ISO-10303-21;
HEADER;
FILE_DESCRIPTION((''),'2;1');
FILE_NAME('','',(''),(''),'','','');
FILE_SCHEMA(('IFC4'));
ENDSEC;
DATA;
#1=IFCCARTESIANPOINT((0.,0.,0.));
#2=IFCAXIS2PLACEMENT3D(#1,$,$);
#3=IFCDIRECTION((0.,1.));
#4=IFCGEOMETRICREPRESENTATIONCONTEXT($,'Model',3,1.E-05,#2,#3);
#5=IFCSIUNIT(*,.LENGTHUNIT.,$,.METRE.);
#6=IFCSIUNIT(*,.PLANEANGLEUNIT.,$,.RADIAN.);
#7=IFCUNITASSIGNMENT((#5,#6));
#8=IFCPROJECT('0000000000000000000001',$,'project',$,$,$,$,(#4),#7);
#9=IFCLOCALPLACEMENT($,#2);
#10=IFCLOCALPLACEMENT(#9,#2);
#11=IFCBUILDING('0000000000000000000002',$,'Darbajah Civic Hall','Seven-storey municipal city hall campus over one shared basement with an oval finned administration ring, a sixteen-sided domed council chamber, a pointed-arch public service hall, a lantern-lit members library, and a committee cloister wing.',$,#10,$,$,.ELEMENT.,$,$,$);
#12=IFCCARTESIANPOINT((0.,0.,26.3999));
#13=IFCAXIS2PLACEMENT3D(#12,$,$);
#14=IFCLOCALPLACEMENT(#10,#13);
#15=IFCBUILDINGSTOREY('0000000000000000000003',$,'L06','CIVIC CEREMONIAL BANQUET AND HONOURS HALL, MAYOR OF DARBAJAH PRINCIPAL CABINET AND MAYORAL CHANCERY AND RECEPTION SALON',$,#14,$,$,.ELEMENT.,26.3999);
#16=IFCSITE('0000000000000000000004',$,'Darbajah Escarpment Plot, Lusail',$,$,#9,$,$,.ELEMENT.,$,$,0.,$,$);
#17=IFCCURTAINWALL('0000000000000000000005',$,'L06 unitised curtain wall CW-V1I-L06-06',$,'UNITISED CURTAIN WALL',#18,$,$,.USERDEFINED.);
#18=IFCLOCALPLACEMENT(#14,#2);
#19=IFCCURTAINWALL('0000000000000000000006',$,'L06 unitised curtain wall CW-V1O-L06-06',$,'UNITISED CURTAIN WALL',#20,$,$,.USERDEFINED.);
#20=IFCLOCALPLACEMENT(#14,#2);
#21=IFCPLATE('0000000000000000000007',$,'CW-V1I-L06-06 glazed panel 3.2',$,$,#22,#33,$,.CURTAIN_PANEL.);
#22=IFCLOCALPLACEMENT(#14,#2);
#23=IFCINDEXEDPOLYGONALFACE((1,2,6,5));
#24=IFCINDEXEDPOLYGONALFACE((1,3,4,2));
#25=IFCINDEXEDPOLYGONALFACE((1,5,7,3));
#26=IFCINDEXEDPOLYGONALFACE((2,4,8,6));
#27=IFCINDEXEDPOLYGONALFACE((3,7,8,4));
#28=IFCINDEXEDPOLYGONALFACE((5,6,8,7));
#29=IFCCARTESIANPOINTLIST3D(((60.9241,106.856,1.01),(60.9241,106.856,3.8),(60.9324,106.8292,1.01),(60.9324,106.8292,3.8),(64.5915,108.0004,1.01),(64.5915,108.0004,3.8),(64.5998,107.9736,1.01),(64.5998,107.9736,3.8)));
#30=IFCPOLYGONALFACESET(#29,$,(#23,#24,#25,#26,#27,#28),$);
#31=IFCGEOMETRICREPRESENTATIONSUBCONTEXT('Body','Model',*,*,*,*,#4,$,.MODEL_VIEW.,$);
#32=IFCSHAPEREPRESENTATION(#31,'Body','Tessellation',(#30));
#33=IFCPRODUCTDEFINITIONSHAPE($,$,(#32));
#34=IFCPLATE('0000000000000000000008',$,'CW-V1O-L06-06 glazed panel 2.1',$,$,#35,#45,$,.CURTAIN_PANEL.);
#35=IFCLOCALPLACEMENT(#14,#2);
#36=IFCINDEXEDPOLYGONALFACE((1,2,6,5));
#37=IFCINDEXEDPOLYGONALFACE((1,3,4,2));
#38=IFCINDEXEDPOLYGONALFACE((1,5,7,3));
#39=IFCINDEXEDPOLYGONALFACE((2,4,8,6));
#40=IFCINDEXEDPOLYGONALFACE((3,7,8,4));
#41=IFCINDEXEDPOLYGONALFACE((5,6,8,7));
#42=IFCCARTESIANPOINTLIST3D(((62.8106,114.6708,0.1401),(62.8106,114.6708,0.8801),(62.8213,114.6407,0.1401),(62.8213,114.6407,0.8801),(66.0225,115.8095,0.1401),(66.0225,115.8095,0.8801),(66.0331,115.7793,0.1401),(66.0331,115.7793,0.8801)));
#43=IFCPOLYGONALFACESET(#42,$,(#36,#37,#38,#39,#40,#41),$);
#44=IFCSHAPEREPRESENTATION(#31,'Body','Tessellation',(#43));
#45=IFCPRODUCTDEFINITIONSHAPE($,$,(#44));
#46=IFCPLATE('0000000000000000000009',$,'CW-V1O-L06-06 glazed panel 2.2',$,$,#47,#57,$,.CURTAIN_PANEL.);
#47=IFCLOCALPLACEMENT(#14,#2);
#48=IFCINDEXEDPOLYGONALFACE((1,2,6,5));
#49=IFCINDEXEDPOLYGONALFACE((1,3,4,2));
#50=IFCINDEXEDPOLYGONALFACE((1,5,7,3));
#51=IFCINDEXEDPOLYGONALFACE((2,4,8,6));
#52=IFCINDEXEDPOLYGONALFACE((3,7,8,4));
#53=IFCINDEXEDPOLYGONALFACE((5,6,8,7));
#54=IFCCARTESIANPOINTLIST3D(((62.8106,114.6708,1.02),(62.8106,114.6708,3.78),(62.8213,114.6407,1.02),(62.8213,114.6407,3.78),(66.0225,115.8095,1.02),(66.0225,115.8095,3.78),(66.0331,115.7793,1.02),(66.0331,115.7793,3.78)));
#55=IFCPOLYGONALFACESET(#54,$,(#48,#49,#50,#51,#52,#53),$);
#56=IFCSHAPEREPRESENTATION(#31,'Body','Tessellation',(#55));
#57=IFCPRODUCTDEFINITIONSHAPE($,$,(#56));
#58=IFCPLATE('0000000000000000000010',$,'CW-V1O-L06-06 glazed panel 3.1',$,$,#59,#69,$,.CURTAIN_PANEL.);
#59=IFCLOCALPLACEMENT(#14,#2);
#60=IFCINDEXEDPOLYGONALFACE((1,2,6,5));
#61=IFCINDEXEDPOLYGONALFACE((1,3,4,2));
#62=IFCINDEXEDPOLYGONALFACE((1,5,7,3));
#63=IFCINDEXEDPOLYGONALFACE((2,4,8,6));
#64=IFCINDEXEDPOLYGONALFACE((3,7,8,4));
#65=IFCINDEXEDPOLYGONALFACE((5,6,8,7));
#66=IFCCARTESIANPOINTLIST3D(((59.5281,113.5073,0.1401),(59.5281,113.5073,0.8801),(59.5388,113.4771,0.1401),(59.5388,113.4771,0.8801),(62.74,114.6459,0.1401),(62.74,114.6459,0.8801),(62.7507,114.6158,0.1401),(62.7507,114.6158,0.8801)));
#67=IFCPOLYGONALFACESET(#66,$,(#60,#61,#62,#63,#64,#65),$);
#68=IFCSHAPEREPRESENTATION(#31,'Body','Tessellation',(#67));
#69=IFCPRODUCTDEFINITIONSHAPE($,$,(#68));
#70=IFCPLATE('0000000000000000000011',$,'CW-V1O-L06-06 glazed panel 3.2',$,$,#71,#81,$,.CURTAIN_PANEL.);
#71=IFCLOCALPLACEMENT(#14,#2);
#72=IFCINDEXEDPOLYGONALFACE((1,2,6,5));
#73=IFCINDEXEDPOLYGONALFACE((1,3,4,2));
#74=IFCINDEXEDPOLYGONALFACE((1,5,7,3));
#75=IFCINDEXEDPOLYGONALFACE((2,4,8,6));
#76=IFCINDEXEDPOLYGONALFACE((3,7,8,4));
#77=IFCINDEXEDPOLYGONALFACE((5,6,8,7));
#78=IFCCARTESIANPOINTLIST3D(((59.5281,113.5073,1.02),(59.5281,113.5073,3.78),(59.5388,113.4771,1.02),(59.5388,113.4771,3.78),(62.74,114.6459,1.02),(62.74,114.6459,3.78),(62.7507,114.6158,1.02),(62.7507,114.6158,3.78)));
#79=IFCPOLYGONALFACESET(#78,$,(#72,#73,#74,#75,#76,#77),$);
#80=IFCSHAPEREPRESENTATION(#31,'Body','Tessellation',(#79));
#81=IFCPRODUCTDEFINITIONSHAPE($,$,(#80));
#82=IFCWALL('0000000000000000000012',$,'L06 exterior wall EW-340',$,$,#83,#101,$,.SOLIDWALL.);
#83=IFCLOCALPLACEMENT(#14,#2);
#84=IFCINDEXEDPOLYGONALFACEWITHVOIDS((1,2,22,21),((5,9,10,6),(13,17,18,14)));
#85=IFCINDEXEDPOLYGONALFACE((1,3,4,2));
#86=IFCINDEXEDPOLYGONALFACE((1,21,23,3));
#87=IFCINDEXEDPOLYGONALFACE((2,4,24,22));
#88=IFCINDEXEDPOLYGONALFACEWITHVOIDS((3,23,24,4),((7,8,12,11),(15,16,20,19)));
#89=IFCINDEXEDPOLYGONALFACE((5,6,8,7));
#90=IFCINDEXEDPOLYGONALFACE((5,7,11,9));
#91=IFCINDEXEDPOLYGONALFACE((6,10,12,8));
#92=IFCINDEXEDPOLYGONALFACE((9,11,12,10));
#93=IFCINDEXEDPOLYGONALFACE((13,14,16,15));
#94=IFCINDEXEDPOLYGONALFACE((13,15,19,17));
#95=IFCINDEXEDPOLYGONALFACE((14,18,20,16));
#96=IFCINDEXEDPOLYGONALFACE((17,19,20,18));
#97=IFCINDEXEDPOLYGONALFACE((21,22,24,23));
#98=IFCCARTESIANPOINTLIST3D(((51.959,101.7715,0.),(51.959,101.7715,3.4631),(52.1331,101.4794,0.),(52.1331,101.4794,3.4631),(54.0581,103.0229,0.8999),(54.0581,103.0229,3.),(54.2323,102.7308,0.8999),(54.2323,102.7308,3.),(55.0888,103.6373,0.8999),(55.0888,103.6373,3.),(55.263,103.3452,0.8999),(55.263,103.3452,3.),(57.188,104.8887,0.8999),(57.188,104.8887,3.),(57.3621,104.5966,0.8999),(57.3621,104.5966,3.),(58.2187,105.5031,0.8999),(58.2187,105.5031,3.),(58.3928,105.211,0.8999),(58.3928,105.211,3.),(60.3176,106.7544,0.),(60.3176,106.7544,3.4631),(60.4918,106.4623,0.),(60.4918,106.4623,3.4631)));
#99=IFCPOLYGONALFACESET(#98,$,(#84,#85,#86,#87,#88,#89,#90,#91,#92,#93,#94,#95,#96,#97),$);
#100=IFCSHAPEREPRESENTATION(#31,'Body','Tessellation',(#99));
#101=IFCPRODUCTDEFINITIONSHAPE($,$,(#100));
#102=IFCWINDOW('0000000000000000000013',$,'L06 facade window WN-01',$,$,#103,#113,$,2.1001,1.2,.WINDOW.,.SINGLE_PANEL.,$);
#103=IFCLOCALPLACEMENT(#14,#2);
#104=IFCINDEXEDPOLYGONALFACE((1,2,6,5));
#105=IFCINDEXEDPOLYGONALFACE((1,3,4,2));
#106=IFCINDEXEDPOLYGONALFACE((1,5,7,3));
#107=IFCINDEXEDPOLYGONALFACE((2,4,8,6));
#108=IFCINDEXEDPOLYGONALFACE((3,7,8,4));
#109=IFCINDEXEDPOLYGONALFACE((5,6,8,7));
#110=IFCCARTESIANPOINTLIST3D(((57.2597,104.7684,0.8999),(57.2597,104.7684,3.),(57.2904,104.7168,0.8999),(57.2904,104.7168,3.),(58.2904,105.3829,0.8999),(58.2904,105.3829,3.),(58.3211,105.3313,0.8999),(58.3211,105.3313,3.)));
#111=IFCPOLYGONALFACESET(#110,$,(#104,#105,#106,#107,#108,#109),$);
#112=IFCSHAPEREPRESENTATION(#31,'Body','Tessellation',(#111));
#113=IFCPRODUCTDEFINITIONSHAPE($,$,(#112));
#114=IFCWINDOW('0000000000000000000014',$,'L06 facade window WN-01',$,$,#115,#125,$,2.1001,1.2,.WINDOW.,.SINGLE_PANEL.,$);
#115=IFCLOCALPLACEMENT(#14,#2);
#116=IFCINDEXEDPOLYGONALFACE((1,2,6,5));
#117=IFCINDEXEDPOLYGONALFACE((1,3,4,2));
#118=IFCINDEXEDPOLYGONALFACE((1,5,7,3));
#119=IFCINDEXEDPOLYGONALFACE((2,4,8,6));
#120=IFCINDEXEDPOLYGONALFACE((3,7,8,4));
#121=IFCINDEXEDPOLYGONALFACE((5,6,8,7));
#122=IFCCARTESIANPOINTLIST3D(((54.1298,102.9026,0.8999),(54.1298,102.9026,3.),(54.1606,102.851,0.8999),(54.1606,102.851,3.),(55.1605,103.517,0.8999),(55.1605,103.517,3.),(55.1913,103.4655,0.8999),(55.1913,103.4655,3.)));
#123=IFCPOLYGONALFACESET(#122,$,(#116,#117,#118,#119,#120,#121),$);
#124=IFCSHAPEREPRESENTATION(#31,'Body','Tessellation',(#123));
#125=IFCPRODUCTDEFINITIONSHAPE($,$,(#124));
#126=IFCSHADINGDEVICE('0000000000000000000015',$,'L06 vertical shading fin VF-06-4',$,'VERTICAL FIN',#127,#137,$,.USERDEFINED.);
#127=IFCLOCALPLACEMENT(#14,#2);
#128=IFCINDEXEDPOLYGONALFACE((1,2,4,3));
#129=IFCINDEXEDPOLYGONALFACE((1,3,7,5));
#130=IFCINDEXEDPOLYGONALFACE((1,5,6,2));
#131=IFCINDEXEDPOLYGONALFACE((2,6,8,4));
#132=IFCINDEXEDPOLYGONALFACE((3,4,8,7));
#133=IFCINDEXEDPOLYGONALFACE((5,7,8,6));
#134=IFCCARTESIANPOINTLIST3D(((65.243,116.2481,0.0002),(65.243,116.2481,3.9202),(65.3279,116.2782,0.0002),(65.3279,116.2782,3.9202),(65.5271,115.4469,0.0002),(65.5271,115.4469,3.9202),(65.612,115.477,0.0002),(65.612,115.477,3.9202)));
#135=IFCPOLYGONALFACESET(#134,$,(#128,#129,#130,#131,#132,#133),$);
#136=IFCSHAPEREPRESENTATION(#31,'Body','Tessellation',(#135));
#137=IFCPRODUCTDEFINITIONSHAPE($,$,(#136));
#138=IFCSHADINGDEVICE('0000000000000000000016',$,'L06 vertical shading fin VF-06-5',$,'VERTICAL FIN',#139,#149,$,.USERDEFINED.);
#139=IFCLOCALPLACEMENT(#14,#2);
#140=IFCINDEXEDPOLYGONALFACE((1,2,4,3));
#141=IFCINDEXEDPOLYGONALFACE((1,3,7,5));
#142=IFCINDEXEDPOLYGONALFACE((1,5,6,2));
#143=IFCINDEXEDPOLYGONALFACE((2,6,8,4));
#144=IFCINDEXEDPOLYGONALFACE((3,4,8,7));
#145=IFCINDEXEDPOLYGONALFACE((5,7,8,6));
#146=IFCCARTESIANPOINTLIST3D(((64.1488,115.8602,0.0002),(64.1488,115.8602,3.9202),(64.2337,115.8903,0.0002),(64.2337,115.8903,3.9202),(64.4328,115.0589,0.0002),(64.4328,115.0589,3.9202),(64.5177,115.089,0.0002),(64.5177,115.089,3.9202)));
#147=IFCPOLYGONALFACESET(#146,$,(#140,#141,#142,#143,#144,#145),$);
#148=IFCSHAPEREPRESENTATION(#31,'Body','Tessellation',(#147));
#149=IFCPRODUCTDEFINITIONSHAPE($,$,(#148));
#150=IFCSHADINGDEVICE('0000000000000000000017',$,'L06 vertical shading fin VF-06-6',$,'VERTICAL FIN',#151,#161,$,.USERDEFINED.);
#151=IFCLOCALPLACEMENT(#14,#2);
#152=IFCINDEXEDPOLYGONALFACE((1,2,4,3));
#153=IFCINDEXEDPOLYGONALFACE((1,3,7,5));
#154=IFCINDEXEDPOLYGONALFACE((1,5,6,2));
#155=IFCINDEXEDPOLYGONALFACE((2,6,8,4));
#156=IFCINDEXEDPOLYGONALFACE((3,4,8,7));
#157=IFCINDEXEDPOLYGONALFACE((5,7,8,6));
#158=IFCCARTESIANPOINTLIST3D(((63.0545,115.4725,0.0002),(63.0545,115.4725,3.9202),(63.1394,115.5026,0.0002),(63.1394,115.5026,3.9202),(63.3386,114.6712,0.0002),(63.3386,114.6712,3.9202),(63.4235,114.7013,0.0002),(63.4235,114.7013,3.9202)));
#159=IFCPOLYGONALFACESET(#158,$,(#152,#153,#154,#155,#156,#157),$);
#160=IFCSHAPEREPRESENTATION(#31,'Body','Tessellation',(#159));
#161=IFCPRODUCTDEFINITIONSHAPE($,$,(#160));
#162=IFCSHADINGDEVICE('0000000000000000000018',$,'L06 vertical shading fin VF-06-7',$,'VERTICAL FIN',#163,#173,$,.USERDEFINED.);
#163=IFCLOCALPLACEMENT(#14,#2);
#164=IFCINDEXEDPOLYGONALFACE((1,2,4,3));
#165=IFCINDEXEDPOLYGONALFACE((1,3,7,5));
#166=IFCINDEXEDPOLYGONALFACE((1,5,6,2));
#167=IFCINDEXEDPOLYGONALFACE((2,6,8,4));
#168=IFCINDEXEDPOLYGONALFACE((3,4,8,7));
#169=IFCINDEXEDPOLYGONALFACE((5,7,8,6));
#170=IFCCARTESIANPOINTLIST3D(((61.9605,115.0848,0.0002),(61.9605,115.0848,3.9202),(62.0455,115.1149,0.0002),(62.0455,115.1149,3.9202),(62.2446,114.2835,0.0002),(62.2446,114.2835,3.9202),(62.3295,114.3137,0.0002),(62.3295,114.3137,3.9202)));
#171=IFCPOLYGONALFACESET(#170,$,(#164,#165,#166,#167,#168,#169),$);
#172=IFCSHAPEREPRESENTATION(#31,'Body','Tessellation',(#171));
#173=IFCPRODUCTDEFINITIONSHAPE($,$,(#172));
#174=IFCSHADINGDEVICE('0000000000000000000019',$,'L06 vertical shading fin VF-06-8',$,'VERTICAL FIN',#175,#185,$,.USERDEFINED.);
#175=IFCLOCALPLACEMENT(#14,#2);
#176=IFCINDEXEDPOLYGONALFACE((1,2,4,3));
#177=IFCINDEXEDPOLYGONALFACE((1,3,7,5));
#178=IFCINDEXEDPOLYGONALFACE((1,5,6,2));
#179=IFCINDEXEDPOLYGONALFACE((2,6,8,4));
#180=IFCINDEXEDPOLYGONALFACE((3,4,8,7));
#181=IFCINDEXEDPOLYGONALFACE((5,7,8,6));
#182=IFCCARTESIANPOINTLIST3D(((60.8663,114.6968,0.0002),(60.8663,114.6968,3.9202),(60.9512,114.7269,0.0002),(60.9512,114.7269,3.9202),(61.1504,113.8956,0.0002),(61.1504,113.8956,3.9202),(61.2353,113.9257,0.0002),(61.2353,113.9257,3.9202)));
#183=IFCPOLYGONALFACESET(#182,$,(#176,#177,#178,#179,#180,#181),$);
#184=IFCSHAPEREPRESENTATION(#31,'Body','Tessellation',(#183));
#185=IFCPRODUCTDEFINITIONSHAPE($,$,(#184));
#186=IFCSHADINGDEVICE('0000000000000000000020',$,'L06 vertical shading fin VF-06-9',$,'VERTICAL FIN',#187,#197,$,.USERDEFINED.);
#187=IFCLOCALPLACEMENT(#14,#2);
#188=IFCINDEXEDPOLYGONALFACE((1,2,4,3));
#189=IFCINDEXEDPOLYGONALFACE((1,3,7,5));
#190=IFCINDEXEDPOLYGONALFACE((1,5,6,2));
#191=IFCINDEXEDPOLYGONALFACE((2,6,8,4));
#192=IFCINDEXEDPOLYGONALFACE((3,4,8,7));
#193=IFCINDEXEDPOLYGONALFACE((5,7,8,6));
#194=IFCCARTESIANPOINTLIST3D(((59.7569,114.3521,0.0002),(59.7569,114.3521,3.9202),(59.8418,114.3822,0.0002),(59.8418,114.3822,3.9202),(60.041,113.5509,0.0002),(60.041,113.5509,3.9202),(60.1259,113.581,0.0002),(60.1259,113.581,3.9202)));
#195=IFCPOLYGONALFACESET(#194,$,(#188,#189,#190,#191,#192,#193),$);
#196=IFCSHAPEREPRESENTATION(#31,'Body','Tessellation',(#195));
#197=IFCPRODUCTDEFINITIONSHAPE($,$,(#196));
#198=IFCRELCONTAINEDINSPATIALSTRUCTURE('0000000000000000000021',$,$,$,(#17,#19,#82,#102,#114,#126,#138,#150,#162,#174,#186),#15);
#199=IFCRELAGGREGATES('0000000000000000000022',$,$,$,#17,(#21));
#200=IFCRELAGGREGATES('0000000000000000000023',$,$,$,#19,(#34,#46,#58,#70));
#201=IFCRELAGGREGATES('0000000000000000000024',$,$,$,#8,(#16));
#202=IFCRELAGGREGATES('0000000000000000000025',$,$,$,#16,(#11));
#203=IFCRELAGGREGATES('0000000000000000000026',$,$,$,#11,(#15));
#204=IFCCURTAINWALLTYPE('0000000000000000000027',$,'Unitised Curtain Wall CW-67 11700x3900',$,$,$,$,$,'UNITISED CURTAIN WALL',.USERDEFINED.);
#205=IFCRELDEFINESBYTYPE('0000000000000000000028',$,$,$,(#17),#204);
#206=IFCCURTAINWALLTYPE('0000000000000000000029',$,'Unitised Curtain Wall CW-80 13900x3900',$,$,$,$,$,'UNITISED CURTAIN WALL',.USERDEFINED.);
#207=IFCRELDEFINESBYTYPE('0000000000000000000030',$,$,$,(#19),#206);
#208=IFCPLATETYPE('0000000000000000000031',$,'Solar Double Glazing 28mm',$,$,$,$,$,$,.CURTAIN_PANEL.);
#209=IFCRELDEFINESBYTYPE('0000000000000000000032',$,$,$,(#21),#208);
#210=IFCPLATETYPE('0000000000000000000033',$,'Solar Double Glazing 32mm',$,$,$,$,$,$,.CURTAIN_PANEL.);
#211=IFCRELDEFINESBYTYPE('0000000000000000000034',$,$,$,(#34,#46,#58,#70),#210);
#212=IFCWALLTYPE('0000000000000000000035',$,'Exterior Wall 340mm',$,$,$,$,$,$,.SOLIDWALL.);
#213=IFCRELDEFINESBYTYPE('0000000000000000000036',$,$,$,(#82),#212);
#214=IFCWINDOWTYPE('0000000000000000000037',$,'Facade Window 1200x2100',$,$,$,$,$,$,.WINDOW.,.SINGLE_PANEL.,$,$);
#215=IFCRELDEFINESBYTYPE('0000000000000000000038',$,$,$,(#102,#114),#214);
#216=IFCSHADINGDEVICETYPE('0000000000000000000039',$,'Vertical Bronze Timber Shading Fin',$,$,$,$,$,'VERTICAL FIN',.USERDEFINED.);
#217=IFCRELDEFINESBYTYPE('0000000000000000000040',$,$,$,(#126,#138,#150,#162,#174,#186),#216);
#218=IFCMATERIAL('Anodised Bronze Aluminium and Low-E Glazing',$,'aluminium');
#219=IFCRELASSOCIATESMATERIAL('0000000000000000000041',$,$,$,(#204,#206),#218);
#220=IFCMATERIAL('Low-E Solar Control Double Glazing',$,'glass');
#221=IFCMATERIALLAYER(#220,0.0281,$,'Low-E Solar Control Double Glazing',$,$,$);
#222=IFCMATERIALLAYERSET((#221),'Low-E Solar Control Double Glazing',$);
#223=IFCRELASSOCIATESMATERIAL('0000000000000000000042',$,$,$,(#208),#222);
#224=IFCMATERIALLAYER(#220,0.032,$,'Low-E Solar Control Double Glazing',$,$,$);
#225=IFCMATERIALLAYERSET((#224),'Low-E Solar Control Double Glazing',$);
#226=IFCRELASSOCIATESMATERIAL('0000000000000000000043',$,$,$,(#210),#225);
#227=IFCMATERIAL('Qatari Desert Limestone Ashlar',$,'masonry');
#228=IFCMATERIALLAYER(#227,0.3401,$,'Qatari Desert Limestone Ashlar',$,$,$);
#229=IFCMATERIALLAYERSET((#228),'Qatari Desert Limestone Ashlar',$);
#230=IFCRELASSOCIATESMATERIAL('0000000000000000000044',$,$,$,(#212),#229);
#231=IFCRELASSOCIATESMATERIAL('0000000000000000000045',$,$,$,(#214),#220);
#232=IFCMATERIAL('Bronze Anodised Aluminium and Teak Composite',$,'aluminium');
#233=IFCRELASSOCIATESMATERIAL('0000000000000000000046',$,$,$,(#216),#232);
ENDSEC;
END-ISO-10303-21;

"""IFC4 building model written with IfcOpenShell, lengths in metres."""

from ifc_helpers import new_model, si_unit, direction, frame, frame_2d, origin, origin_2d, place, context, subcontext, project, spatial, rectangle, extrude, material, layer, layer_set, type_object, element, fill, aggregate, save


model = new_model("IFC4")

# Units and contexts
model_context = context("Model", 3, precision=1e-05, world=origin(), true_north=direction((0.0, 1.0)))
body_context = subcontext(model_context, "Body", "Model", "MODEL_VIEW")
ifc_project = project(units=[si_unit("LENGTHUNIT", "METRE"), si_unit("PLANEANGLEUNIT", "RADIAN")], contexts=[model_context])

# Site, building, storey
site_placement = place(None, origin())
site = spatial("IfcSite", under=ifc_project, at=site_placement, Name="Darbajah Escarpment Plot, Lusail", CompositionType="ELEMENT", RefElevation=0.0)
building_placement = place(site_placement, origin())
building = spatial("IfcBuilding", under=site, at=building_placement, Name="Darbajah Civic Hall", Description="Seven-storey municipal city hall campus over one shared basement with an oval finned administration ring, a sixteen-sided domed council chamber, a pointed-arch public service hall, a lantern-lit members library, and a committee cloister wing.", CompositionType="ELEMENT")
storey_placement = place(building_placement, frame((0.0, 0.0, 26.3999)))
storey = spatial("IfcBuildingStorey", under=building, at=storey_placement, Name="L06", Description="CIVIC CEREMONIAL BANQUET AND HONOURS HALL, MAYOR OF DARBAJAH PRINCIPAL CABINET AND MAYORAL CHANCERY AND RECEPTION SALON", CompositionType="ELEMENT", Elevation=26.3999)

# Curtain walls
ifc_material_1 = material(Name="Anodised Bronze Aluminium and Low-E Glazing", Category="aluminium")
curtain_wall_type_1 = type_object("IfcCurtainWallType", Name="Unitised Curtain Wall CW-67 11700x3900", ElementType="UNITISED CURTAIN WALL", PredefinedType="USERDEFINED", material=ifc_material_1)
curtain_wall_1_placement = place(storey_placement, origin())
curtain_wall_1 = element("IfcCurtainWall", 1, at=curtain_wall_1_placement, inside=storey, type_object=curtain_wall_type_1, Name="L06 unitised curtain wall CW-V1I-L06-06", ObjectType="UNITISED CURTAIN WALL", PredefinedType="USERDEFINED")
curtain_wall_type_2 = type_object("IfcCurtainWallType", Name="Unitised Curtain Wall CW-80 13900x3900", ElementType="UNITISED CURTAIN WALL", PredefinedType="USERDEFINED", material=ifc_material_1)
curtain_wall_2_placement = place(storey_placement, origin())
curtain_wall_2 = element("IfcCurtainWall", 2, at=curtain_wall_2_placement, inside=storey, type_object=curtain_wall_type_2, Name="L06 unitised curtain wall CW-V1O-L06-06", ObjectType="UNITISED CURTAIN WALL", PredefinedType="USERDEFINED")

# Plates
ifc_material_2 = material(Name="Low-E Solar Control Double Glazing", Category="glass")
ifc_layer_1 = layer(ifc_material_2, 0.0281, Name="Low-E Solar Control Double Glazing")
ifc_layer_set_1 = layer_set([ifc_layer_1], Name="Low-E Solar Control Double Glazing")
plate_type_1 = type_object("IfcPlateType", Name="Solar Double Glazing 28mm", PredefinedType="CURTAIN_PANEL", material=ifc_layer_set_1)
plate_1_placement = place(storey_placement, frame((62.762, 107.4148, 1.01), z_axis=(0.0, 0.0, 1.0), x_axis=(-0.954605, -0.297875, 0.0)))
plate_1 = element("IfcPlate", 3, at=plate_1_placement, type_object=plate_type_1, Name="CW-V1I-L06-06 glazed panel 3.2", PredefinedType="CURTAIN_PANEL", context=body_context, shape_type="SweptSolid", body=[
    extrude(rectangle(XDim=3.8418, YDim=0.0281, at=origin_2d()), origin(), (0.0, 0.0, 1.0), 2.79),
])
aggregate(curtain_wall_1, [plate_1])
ifc_layer_2 = layer(ifc_material_2, 0.032, Name="Low-E Solar Control Double Glazing")
ifc_layer_set_2 = layer_set([ifc_layer_2], Name="Low-E Solar Control Double Glazing")
plate_type_2 = type_object("IfcPlateType", Name="Solar Double Glazing 32mm", PredefinedType="CURTAIN_PANEL", material=ifc_layer_set_2)
plate_2_placement = place(storey_placement, frame((64.4219, 115.2251, 0.1401), z_axis=(0.0, 0.0, 1.0), x_axis=(-0.942525, -0.334136, 0.0)))
plate_2 = element("IfcPlate", 4, at=plate_2_placement, type_object=plate_type_2, Name="CW-V1O-L06-06 glazed panel 2.1", PredefinedType="CURTAIN_PANEL", context=body_context, shape_type="SweptSolid", body=[
    extrude(rectangle(XDim=3.4077, YDim=0.032, at=origin_2d()), origin(), (0.0, 0.0, 1.0), 0.74),
])
plate_3_placement = place(storey_placement, frame((64.4219, 115.2251, 1.02), z_axis=(0.0, 0.0, 1.0), x_axis=(-0.942525, -0.334136, 0.0)))
plate_3 = element("IfcPlate", 5, at=plate_3_placement, type_object=plate_type_2, Name="CW-V1O-L06-06 glazed panel 2.2", PredefinedType="CURTAIN_PANEL", context=body_context, shape_type="SweptSolid", body=[
    extrude(rectangle(XDim=3.4077, YDim=0.032, at=origin_2d()), origin(), (0.0, 0.0, 1.0), 2.76),
])
plate_4_placement = place(storey_placement, frame((61.1394, 114.0615, 0.1401), z_axis=(0.0, 0.0, 1.0), x_axis=(-0.942525, -0.334136, 0.0)))
plate_4 = element("IfcPlate", 6, at=plate_4_placement, type_object=plate_type_2, Name="CW-V1O-L06-06 glazed panel 3.1", PredefinedType="CURTAIN_PANEL", context=body_context, shape_type="SweptSolid", body=[
    extrude(rectangle(XDim=3.4077, YDim=0.032, at=origin_2d()), origin(), (0.0, 0.0, 1.0), 0.74),
])
plate_5_placement = place(storey_placement, frame((61.1394, 114.0615, 1.02), z_axis=(0.0, 0.0, 1.0), x_axis=(-0.942525, -0.334136, 0.0)))
plate_5 = element("IfcPlate", 7, at=plate_5_placement, type_object=plate_type_2, Name="CW-V1O-L06-06 glazed panel 3.2", PredefinedType="CURTAIN_PANEL", context=body_context, shape_type="SweptSolid", body=[
    extrude(rectangle(XDim=3.4077, YDim=0.032, at=origin_2d()), origin(), (0.0, 0.0, 1.0), 2.76),
])
aggregate(curtain_wall_2, [plate_2, plate_3, plate_4, plate_5])

# Wall, openings, windows
ifc_material_3 = material(Name="Qatari Desert Limestone Ashlar", Category="masonry")
ifc_layer_3 = layer(ifc_material_3, 0.3401, Name="Qatari Desert Limestone Ashlar")
ifc_layer_set_3 = layer_set([ifc_layer_3], Name="Qatari Desert Limestone Ashlar")
wall_type = type_object("IfcWallType", Name="Exterior Wall 340mm", PredefinedType="SOLIDWALL", material=ifc_layer_set_3)
wall_placement = place(storey_placement, frame((60.4048, 106.6084, 0.0), z_axis=(0.0, 0.0, 1.0), x_axis=(-0.858953, -0.512055, 0.0)))
wall = element("IfcWall", 8, at=wall_placement, inside=storey, type_object=wall_type, Name="L06 exterior wall EW-340", PredefinedType="SOLIDWALL", context=body_context, shape_type="SweptSolid", body=[
    extrude(rectangle(XDim=9.7312, YDim=0.3401, at=frame_2d((4.8657, 0.0))), origin(), (0.0, 0.0, 1.0), 3.4631),
])
opening_1_placement = place(wall_placement, frame((2.4436, 0.0, 0.8999)))
opening_1 = element("IfcOpeningElement", 9, at=opening_1_placement, cuts=wall, PredefinedType="OPENING", context=body_context, shape_type="SweptSolid", body=[
    extrude(rectangle(XDim=1.2, YDim=2.1001, at=frame_2d((0.6001, 1.05))), frame((0.0, 0.1799, 0.0), z_axis=(0.0, -1.0, 0.0), x_axis=(1.0, 0.0, 0.0)), (0.0, 0.0, 1.0), 0.3601),
])
opening_2_placement = place(wall_placement, frame((6.0874, 0.0, 0.8999)))
opening_2 = element("IfcOpeningElement", 10, at=opening_2_placement, cuts=wall, PredefinedType="OPENING", context=body_context, shape_type="SweptSolid", body=[
    extrude(rectangle(XDim=1.2, YDim=2.1001, at=frame_2d((0.6001, 1.05))), frame((0.0, 0.1799, 0.0), z_axis=(0.0, -1.0, 0.0), x_axis=(1.0, 0.0, 0.0)), (0.0, 0.0, 1.0), 0.3601),
])
window_type = type_object("IfcWindowType", Name="Facade Window 1200x2100", PartitioningType="SINGLE_PANEL", PredefinedType="WINDOW", material=ifc_material_2)
window_1_placement = place(opening_1_placement, origin())
window_1 = element("IfcWindow", 11, at=window_1_placement, inside=storey, type_object=window_type, Name="L06 facade window WN-01", OverallHeight=2.1001, OverallWidth=1.2, PartitioningType="SINGLE_PANEL", PredefinedType="WINDOW", context=body_context, shape_type="SweptSolid", body=[
    extrude(rectangle(XDim=1.2, YDim=2.1001, at=frame_2d((0.6001, 1.05))), frame((0.0, 0.03, 0.0), z_axis=(0.0, -1.0, 0.0), x_axis=(1.0, 0.0, 0.0)), (0.0, 0.0, 1.0), 0.0601),
])
fill(opening_1, window_1)
window_2_placement = place(opening_2_placement, origin())
window_2 = element("IfcWindow", 12, at=window_2_placement, inside=storey, type_object=window_type, Name="L06 facade window WN-01", OverallHeight=2.1001, OverallWidth=1.2, PartitioningType="SINGLE_PANEL", PredefinedType="WINDOW", context=body_context, shape_type="SweptSolid", body=[
    extrude(rectangle(XDim=1.2, YDim=2.1001, at=frame_2d((0.6001, 1.05))), frame((0.0, 0.03, 0.0), z_axis=(0.0, -1.0, 0.0), x_axis=(1.0, 0.0, 0.0)), (0.0, 0.0, 1.0), 0.0601),
])
fill(opening_2, window_2)

# Shading devices
ifc_material_4 = material(Name="Bronze Anodised Aluminium and Teak Composite", Category="aluminium")
shading_device_type = type_object("IfcShadingDeviceType", Name="Vertical Bronze Timber Shading Fin", ElementType="VERTICAL FIN", PredefinedType="USERDEFINED", material=ifc_material_4)
for number, where, z_axis, x_axis, name in (
    (13, (65.4275, 115.8625, 0.0002), (0.0, 0.0, 1.0), (-0.334136, 0.942525, 0.0), "L06 vertical shading fin VF-06-4"),
    (14, (64.3333, 115.4746, 0.0002), (0.0, 0.0, 1.0), (-0.334136, 0.942525, 0.0), "L06 vertical shading fin VF-06-5"),
    (15, (63.239, 115.0869, 0.0002), (0.0, 0.0, 1.0), (-0.334136, 0.942525, 0.0), "L06 vertical shading fin VF-06-6"),
    (16, (62.145, 114.6992, 0.0002), (0.0, 0.0, 1.0), (-0.334136, 0.942525, 0.0), "L06 vertical shading fin VF-06-7"),
    (17, (61.0508, 114.3113, 0.0002), (0.0, 0.0, 1.0), (-0.334136, 0.942525, 0.0), "L06 vertical shading fin VF-06-8"),
    (18, (59.9414, 113.9666, 0.0002), (0.0, 0.0, 1.0), (-0.334136, 0.942525, 0.0), "L06 vertical shading fin VF-06-9"),
):
    element("IfcShadingDevice", number, at=place(storey_placement, frame(where, z_axis=z_axis, x_axis=x_axis)), inside=storey, type_object=shading_device_type, Name=name, ObjectType="VERTICAL FIN", PredefinedType="USERDEFINED", context=body_context, shape_type="SweptSolid", body=[
        extrude(rectangle(XDim=0.8501, YDim=0.0901, at=origin_2d()), origin(), (0.0, 0.0, 1.0), 3.9199),
    ])

save(model, "model.ifc")
